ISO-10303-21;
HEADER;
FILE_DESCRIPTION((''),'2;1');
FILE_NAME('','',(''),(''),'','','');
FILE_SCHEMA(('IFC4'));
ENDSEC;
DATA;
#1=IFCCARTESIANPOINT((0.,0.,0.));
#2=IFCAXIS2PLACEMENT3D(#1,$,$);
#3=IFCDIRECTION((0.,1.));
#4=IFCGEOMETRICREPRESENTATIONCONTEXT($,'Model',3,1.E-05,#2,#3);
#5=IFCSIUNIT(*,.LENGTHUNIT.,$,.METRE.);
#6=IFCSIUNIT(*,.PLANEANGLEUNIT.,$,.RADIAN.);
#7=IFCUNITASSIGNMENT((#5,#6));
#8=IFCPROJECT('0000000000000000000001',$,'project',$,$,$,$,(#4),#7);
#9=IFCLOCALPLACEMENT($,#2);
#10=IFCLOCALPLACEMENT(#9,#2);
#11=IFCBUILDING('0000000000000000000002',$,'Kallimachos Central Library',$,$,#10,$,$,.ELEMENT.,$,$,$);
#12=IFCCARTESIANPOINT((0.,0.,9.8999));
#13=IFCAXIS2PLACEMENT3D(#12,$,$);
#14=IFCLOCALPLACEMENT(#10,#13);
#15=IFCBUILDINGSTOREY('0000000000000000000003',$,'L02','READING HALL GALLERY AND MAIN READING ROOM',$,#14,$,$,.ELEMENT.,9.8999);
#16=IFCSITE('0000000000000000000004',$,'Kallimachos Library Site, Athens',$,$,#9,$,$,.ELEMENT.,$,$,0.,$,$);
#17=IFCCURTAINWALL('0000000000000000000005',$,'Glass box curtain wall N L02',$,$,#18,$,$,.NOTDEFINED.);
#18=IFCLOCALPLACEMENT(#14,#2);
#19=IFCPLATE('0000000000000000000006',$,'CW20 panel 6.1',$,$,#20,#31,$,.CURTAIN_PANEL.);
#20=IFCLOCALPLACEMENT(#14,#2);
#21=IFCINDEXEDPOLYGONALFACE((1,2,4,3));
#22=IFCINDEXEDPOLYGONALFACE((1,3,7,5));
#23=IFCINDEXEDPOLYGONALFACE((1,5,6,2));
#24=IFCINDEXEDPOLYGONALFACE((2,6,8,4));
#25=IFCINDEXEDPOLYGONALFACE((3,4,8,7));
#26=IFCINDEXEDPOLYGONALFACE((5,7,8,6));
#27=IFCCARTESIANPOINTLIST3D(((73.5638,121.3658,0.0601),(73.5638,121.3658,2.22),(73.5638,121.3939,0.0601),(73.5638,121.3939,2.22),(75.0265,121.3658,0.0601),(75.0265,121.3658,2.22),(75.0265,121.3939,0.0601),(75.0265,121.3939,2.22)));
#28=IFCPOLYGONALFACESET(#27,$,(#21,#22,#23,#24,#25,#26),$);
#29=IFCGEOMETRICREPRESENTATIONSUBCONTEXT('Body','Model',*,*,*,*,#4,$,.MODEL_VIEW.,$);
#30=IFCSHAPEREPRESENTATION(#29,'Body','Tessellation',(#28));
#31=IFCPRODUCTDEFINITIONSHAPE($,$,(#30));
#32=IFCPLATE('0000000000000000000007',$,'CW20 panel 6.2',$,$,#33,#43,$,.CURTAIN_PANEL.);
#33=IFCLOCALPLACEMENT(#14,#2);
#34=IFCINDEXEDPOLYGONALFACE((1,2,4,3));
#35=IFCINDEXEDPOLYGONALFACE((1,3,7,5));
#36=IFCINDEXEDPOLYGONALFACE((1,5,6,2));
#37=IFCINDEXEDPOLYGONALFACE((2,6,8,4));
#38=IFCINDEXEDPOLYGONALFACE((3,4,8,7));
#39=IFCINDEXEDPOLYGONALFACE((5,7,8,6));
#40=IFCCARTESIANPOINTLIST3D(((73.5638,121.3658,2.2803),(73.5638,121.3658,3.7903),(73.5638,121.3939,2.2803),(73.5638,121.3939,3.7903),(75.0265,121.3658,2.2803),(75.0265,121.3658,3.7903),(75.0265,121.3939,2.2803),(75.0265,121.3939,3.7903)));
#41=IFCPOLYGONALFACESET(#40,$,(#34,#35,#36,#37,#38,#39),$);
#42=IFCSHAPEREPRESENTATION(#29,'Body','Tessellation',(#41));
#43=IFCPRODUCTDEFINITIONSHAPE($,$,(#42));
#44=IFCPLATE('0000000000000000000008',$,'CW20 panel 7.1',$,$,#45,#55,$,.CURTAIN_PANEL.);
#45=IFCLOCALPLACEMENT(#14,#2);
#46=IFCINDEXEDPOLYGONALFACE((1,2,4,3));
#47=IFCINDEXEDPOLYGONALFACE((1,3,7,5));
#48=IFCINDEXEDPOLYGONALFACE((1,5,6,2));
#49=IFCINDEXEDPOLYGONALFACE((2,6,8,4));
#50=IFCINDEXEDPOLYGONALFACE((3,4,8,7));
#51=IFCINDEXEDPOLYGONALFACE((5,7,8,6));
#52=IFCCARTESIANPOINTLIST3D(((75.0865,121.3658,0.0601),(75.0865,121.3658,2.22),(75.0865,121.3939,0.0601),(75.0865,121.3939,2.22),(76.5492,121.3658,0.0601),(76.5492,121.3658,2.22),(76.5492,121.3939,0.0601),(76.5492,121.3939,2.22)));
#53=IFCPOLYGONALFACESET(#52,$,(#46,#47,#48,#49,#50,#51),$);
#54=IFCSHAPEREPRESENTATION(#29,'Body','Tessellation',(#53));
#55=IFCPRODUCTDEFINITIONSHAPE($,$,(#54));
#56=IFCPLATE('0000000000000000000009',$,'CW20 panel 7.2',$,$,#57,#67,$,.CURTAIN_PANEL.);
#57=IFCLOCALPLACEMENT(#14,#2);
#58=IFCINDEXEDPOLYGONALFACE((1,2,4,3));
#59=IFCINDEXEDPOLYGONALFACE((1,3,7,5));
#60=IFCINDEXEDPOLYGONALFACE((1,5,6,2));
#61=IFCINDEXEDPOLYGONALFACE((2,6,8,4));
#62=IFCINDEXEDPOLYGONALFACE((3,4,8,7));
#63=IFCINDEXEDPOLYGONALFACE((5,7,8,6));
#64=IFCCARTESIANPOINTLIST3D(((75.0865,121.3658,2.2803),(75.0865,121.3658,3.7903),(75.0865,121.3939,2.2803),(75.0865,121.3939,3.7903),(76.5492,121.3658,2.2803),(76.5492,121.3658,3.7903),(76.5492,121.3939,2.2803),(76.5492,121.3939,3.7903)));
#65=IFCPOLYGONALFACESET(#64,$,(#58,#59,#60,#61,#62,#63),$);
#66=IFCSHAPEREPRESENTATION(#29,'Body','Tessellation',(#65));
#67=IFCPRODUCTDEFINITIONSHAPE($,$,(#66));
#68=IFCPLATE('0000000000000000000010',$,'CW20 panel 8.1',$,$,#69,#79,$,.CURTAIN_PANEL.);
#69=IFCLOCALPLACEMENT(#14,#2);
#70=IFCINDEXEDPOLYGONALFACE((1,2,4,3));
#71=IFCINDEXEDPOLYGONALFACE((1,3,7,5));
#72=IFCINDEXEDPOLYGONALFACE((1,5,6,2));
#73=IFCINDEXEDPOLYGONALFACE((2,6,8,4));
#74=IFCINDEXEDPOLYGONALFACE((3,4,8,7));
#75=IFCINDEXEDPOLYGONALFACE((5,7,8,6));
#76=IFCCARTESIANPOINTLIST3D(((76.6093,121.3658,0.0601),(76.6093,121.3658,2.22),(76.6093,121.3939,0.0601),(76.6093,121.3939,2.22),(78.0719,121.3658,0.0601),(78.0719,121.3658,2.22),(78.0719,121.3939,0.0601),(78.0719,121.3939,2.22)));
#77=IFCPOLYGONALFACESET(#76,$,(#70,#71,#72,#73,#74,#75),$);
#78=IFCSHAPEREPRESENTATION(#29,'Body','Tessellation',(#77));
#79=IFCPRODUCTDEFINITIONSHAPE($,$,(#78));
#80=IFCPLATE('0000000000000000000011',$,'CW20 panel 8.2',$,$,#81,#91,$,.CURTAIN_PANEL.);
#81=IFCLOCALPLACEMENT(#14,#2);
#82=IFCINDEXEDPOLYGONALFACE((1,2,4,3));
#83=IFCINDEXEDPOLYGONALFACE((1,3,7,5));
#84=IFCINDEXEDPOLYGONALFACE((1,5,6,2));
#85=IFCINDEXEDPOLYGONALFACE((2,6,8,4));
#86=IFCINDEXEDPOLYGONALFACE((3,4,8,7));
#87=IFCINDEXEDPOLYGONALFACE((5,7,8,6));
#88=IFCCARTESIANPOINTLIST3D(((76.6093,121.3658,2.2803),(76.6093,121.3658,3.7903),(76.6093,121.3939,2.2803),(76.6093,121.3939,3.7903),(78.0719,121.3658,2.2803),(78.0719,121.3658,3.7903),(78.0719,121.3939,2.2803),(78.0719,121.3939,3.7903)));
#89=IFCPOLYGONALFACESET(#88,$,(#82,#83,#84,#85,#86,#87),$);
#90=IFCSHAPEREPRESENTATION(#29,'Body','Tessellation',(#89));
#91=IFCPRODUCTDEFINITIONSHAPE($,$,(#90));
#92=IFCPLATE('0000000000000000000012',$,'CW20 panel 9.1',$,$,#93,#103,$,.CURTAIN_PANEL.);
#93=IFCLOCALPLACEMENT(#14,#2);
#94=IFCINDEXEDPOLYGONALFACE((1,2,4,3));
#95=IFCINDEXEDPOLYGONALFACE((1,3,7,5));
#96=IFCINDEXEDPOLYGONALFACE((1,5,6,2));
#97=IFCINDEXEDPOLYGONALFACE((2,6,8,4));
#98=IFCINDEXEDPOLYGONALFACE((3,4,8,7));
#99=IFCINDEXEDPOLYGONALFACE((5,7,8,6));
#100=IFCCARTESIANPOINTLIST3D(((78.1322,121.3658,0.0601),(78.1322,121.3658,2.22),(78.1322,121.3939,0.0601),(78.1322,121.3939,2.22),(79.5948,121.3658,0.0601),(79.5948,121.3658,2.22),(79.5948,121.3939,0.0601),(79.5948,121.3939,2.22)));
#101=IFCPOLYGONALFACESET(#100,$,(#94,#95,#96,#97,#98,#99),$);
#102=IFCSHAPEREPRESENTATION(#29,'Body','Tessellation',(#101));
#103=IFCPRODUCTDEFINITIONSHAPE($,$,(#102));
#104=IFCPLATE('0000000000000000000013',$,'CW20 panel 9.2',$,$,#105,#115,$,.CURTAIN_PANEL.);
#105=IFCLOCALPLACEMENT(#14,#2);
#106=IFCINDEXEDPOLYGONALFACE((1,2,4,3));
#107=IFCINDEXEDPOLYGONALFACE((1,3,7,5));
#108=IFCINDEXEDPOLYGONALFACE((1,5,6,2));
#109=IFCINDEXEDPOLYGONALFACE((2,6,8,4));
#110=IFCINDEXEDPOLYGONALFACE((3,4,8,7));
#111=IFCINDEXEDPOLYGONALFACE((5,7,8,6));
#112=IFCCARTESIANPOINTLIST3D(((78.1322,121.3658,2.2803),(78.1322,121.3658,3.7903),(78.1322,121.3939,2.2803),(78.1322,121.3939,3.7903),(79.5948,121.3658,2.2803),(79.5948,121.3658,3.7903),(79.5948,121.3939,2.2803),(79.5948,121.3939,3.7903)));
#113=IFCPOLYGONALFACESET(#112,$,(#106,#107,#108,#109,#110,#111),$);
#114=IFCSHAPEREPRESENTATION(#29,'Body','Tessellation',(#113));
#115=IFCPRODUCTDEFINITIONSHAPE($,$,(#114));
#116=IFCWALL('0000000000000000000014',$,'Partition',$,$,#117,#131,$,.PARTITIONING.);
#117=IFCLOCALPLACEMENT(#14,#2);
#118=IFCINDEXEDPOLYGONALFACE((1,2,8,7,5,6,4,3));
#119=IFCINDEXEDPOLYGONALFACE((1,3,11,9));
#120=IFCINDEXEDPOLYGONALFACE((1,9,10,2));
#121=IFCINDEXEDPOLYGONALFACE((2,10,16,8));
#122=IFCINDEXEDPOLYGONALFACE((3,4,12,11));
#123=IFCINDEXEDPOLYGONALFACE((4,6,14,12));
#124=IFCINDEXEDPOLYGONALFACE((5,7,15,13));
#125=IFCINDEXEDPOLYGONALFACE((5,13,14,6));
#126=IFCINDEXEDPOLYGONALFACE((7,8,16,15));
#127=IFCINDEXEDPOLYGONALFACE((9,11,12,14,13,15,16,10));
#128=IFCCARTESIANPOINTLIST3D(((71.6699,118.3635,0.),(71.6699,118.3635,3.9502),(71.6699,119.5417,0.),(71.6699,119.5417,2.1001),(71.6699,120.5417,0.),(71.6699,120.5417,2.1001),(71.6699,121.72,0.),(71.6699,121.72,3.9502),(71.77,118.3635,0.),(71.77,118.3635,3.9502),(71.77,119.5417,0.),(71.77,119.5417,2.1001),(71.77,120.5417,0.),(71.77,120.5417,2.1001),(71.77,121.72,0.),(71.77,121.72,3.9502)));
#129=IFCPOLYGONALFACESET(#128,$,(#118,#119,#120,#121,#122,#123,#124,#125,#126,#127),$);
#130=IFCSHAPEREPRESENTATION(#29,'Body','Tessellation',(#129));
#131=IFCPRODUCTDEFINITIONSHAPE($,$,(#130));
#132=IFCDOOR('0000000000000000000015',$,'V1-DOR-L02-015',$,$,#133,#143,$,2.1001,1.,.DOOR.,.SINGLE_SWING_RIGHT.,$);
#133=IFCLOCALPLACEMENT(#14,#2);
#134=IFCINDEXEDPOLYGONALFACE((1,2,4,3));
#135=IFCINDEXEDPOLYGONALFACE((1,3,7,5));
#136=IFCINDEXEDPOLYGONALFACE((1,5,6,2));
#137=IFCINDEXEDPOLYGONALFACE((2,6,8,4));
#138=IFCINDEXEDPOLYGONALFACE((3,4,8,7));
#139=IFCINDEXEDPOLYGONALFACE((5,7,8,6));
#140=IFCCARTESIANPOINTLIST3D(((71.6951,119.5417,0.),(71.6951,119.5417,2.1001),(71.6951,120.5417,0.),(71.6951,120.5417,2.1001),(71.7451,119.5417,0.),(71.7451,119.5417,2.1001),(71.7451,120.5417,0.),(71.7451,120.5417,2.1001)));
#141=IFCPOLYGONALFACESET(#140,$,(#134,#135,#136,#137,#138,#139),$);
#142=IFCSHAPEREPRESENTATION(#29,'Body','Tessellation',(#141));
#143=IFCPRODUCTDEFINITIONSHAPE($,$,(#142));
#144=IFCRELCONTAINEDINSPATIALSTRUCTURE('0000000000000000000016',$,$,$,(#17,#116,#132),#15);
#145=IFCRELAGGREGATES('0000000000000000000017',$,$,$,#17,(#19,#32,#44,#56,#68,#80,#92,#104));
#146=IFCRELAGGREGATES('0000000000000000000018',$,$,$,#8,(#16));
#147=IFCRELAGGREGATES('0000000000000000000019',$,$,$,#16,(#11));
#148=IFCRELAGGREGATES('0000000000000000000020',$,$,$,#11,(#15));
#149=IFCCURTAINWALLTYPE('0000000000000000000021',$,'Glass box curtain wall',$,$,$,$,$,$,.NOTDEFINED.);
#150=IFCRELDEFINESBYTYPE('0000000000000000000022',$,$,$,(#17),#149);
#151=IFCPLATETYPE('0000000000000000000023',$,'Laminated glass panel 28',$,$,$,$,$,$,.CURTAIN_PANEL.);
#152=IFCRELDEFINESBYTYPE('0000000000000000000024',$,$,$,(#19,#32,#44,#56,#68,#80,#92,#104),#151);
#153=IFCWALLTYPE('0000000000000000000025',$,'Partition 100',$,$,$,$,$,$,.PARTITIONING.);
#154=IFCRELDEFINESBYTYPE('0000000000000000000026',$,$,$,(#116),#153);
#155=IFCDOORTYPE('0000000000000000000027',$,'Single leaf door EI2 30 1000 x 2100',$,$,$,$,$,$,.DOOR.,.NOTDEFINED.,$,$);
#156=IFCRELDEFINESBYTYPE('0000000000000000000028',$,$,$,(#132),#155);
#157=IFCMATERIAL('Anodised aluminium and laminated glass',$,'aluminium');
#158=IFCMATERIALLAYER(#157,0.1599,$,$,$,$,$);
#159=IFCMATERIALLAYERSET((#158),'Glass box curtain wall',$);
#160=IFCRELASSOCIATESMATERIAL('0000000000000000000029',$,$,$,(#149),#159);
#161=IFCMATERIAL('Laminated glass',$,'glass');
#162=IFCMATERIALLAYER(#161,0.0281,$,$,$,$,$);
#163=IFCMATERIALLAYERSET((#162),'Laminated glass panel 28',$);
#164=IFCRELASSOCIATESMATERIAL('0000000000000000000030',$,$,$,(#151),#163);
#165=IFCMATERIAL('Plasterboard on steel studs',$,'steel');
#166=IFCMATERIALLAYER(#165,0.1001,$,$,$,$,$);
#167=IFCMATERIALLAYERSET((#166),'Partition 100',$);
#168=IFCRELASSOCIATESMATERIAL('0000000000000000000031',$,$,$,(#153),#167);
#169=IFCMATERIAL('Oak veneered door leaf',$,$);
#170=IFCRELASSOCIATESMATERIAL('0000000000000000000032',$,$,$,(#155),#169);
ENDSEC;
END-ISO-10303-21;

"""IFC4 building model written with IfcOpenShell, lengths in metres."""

from ifc_helpers import new_model, si_unit, direction, frame, frame_2d, origin, origin_2d, place, context, subcontext, project, spatial, rectangle, extrude, material, layer, layer_set, type_object, element, fill, aggregate, save


model = new_model("IFC4")

# Units and contexts
model_context = context("Model", 3, precision=1e-05, world=origin(), true_north=direction((0.0, 1.0)))
body_context = subcontext(model_context, "Body", "Model", "MODEL_VIEW")
ifc_project = project(units=[si_unit("LENGTHUNIT", "METRE"), si_unit("PLANEANGLEUNIT", "RADIAN")], contexts=[model_context])

# Site, building, storey
site_placement = place(None, origin())
site = spatial("IfcSite", under=ifc_project, at=site_placement, Name="Kallimachos Library Site, Athens", CompositionType="ELEMENT", RefElevation=0.0)
building_placement = place(site_placement, origin())
building = spatial("IfcBuilding", under=site, at=building_placement, Name="Kallimachos Central Library", CompositionType="ELEMENT")
storey_placement = place(building_placement, frame((0.0, 0.0, 9.8999)))
storey = spatial("IfcBuildingStorey", under=building, at=storey_placement, Name="L02", Description="READING HALL GALLERY AND MAIN READING ROOM", CompositionType="ELEMENT", Elevation=9.8999)

# Curtain wall
ifc_material_1 = material(Name="Anodised aluminium and laminated glass", Category="aluminium")
ifc_layer_1 = layer(ifc_material_1, 0.1599)
ifc_layer_set_1 = layer_set([ifc_layer_1], Name="Glass box curtain wall")
curtain_wall_type = type_object("IfcCurtainWallType", Name="Glass box curtain wall", PredefinedType="NOTDEFINED", material=ifc_layer_set_1)
curtain_wall_placement = place(storey_placement, origin())
curtain_wall = element("IfcCurtainWall", 1, at=curtain_wall_placement, inside=storey, type_object=curtain_wall_type, Name="Glass box curtain wall N L02", PredefinedType="NOTDEFINED")

# Plates
ifc_material_2 = material(Name="Laminated glass", Category="glass")
ifc_layer_2 = layer(ifc_material_2, 0.0281)
ifc_layer_set_2 = layer_set([ifc_layer_2], Name="Laminated glass panel 28")
plate_type = type_object("IfcPlateType", Name="Laminated glass panel 28", PredefinedType="CURTAIN_PANEL", material=ifc_layer_set_2)
plate_1_placement = place(storey_placement, frame((74.2952, 121.3799, 0.0601), z_axis=(0.0, 0.0, 1.0), x_axis=(1.0, 0.0, 0.0)))
plate_1 = element("IfcPlate", 2, at=plate_1_placement, type_object=plate_type, Name="CW20 panel 6.1", PredefinedType="CURTAIN_PANEL", context=body_context, shape_type="SweptSolid", body=[
    extrude(rectangle(XDim=1.4626, YDim=0.0281, at=origin_2d()), origin(), (0.0, 0.0, 1.0), 2.1599),
])
plate_2_placement = place(storey_placement, frame((74.2952, 121.3799, 2.2803), z_axis=(0.0, 0.0, 1.0), x_axis=(1.0, 0.0, 0.0)))
plate_2 = element("IfcPlate", 3, at=plate_2_placement, type_object=plate_type, Name="CW20 panel 6.2", PredefinedType="CURTAIN_PANEL", context=body_context, shape_type="SweptSolid", body=[
    extrude(rectangle(XDim=1.4626, YDim=0.0281, at=origin_2d()), origin(), (0.0, 0.0, 1.0), 1.51),
])
plate_3_placement = place(storey_placement, frame((75.8179, 121.3799, 0.0601), z_axis=(0.0, 0.0, 1.0), x_axis=(1.0, 0.0, 0.0)))
plate_3 = element("IfcPlate", 4, at=plate_3_placement, type_object=plate_type, Name="CW20 panel 7.1", PredefinedType="CURTAIN_PANEL", context=body_context, shape_type="SweptSolid", body=[
    extrude(rectangle(XDim=1.4626, YDim=0.0281, at=origin_2d()), origin(), (0.0, 0.0, 1.0), 2.1599),
])
plate_4_placement = place(storey_placement, frame((75.8179, 121.3799, 2.2803), z_axis=(0.0, 0.0, 1.0), x_axis=(1.0, 0.0, 0.0)))
plate_4 = element("IfcPlate", 5, at=plate_4_placement, type_object=plate_type, Name="CW20 panel 7.2", PredefinedType="CURTAIN_PANEL", context=body_context, shape_type="SweptSolid", body=[
    extrude(rectangle(XDim=1.4626, YDim=0.0281, at=origin_2d()), origin(), (0.0, 0.0, 1.0), 1.51),
])
plate_5_placement = place(storey_placement, frame((77.3406, 121.3799, 0.0601), z_axis=(0.0, 0.0, 1.0), x_axis=(1.0, 0.0, 0.0)))
plate_5 = element("IfcPlate", 6, at=plate_5_placement, type_object=plate_type, Name="CW20 panel 8.1", PredefinedType="CURTAIN_PANEL", context=body_context, shape_type="SweptSolid", body=[
    extrude(rectangle(XDim=1.4626, YDim=0.0281, at=origin_2d()), origin(), (0.0, 0.0, 1.0), 2.1599),
])
plate_6_placement = place(storey_placement, frame((77.3406, 121.3799, 2.2803), z_axis=(0.0, 0.0, 1.0), x_axis=(1.0, 0.0, 0.0)))
plate_6 = element("IfcPlate", 7, at=plate_6_placement, type_object=plate_type, Name="CW20 panel 8.2", PredefinedType="CURTAIN_PANEL", context=body_context, shape_type="SweptSolid", body=[
    extrude(rectangle(XDim=1.4626, YDim=0.0281, at=origin_2d()), origin(), (0.0, 0.0, 1.0), 1.51),
])
plate_7_placement = place(storey_placement, frame((78.8635, 121.3799, 0.0601), z_axis=(0.0, 0.0, 1.0), x_axis=(1.0, 0.0, 0.0)))
plate_7 = element("IfcPlate", 8, at=plate_7_placement, type_object=plate_type, Name="CW20 panel 9.1", PredefinedType="CURTAIN_PANEL", context=body_context, shape_type="SweptSolid", body=[
    extrude(rectangle(XDim=1.4626, YDim=0.0281, at=origin_2d()), origin(), (0.0, 0.0, 1.0), 2.1599),
])
plate_8_placement = place(storey_placement, frame((78.8635, 121.3799, 2.2803), z_axis=(0.0, 0.0, 1.0), x_axis=(1.0, 0.0, 0.0)))
plate_8 = element("IfcPlate", 9, at=plate_8_placement, type_object=plate_type, Name="CW20 panel 9.2", PredefinedType="CURTAIN_PANEL", context=body_context, shape_type="SweptSolid", body=[
    extrude(rectangle(XDim=1.4626, YDim=0.0281, at=origin_2d()), origin(), (0.0, 0.0, 1.0), 1.51),
])
aggregate(curtain_wall, [plate_1, plate_2, plate_3, plate_4, plate_5, plate_6, plate_7, plate_8])

# Wall, opening, door
ifc_material_3 = material(Name="Plasterboard on steel studs", Category="steel")
ifc_layer_3 = layer(ifc_material_3, 0.1001)
ifc_layer_set_3 = layer_set([ifc_layer_3], Name="Partition 100")
wall_type = type_object("IfcWallType", Name="Partition 100", PredefinedType="PARTITIONING", material=ifc_layer_set_3)
wall_placement = place(storey_placement, frame((71.72, 121.72, 0.0), z_axis=(0.0, 0.0, 1.0), x_axis=(0.0, -1.0, 0.0)))
wall = element("IfcWall", 10, at=wall_placement, inside=storey, type_object=wall_type, Name="Partition", PredefinedType="PARTITIONING", context=body_context, shape_type="SweptSolid", body=[
    extrude(rectangle(XDim=3.3564, YDim=0.1001, at=frame_2d((1.6782, 0.0))), origin(), (0.0, 0.0, 1.0), 3.9502),
])
opening_placement = place(wall_placement, frame((1.1782, 0.0, 0.0)))
opening = element("IfcOpeningElement", 11, at=opening_placement, cuts=wall, PredefinedType="OPENING", context=body_context, shape_type="SweptSolid", body=[
    extrude(rectangle(XDim=1.0, YDim=2.1001, at=frame_2d((0.5, 1.05))), frame((0.0, 0.0601, 0.0), z_axis=(0.0, -1.0, 0.0), x_axis=(1.0, 0.0, 0.0)), (0.0, 0.0, 1.0), 0.1201),
])
ifc_material_4 = material(Name="Oak veneered door leaf")
door_type = type_object("IfcDoorType", Name="Single leaf door EI2 30 1000 x 2100", OperationType="NOTDEFINED", PredefinedType="DOOR", material=ifc_material_4)
door_placement = place(opening_placement, frame((1.0, 0.0, 0.0), z_axis=(0.0, 0.0, 1.0), x_axis=(-1.0, 0.0, 0.0)))
door = element("IfcDoor", 12, at=door_placement, inside=storey, type_object=door_type, Name="V1-DOR-L02-015", OperationType="SINGLE_SWING_RIGHT", OverallHeight=2.1001, OverallWidth=1.0, PredefinedType="DOOR", context=body_context, shape_type="SweptSolid", body=[
    extrude(rectangle(XDim=1.0, YDim=2.1001, at=frame_2d((0.5, 1.05))), frame((0.0, 0.0249, 0.0), z_axis=(0.0, -1.0, 0.0), x_axis=(1.0, 0.0, 0.0)), (0.0, 0.0, 1.0), 0.05),
])
fill(opening, door)

save(model, "model.ifc")
